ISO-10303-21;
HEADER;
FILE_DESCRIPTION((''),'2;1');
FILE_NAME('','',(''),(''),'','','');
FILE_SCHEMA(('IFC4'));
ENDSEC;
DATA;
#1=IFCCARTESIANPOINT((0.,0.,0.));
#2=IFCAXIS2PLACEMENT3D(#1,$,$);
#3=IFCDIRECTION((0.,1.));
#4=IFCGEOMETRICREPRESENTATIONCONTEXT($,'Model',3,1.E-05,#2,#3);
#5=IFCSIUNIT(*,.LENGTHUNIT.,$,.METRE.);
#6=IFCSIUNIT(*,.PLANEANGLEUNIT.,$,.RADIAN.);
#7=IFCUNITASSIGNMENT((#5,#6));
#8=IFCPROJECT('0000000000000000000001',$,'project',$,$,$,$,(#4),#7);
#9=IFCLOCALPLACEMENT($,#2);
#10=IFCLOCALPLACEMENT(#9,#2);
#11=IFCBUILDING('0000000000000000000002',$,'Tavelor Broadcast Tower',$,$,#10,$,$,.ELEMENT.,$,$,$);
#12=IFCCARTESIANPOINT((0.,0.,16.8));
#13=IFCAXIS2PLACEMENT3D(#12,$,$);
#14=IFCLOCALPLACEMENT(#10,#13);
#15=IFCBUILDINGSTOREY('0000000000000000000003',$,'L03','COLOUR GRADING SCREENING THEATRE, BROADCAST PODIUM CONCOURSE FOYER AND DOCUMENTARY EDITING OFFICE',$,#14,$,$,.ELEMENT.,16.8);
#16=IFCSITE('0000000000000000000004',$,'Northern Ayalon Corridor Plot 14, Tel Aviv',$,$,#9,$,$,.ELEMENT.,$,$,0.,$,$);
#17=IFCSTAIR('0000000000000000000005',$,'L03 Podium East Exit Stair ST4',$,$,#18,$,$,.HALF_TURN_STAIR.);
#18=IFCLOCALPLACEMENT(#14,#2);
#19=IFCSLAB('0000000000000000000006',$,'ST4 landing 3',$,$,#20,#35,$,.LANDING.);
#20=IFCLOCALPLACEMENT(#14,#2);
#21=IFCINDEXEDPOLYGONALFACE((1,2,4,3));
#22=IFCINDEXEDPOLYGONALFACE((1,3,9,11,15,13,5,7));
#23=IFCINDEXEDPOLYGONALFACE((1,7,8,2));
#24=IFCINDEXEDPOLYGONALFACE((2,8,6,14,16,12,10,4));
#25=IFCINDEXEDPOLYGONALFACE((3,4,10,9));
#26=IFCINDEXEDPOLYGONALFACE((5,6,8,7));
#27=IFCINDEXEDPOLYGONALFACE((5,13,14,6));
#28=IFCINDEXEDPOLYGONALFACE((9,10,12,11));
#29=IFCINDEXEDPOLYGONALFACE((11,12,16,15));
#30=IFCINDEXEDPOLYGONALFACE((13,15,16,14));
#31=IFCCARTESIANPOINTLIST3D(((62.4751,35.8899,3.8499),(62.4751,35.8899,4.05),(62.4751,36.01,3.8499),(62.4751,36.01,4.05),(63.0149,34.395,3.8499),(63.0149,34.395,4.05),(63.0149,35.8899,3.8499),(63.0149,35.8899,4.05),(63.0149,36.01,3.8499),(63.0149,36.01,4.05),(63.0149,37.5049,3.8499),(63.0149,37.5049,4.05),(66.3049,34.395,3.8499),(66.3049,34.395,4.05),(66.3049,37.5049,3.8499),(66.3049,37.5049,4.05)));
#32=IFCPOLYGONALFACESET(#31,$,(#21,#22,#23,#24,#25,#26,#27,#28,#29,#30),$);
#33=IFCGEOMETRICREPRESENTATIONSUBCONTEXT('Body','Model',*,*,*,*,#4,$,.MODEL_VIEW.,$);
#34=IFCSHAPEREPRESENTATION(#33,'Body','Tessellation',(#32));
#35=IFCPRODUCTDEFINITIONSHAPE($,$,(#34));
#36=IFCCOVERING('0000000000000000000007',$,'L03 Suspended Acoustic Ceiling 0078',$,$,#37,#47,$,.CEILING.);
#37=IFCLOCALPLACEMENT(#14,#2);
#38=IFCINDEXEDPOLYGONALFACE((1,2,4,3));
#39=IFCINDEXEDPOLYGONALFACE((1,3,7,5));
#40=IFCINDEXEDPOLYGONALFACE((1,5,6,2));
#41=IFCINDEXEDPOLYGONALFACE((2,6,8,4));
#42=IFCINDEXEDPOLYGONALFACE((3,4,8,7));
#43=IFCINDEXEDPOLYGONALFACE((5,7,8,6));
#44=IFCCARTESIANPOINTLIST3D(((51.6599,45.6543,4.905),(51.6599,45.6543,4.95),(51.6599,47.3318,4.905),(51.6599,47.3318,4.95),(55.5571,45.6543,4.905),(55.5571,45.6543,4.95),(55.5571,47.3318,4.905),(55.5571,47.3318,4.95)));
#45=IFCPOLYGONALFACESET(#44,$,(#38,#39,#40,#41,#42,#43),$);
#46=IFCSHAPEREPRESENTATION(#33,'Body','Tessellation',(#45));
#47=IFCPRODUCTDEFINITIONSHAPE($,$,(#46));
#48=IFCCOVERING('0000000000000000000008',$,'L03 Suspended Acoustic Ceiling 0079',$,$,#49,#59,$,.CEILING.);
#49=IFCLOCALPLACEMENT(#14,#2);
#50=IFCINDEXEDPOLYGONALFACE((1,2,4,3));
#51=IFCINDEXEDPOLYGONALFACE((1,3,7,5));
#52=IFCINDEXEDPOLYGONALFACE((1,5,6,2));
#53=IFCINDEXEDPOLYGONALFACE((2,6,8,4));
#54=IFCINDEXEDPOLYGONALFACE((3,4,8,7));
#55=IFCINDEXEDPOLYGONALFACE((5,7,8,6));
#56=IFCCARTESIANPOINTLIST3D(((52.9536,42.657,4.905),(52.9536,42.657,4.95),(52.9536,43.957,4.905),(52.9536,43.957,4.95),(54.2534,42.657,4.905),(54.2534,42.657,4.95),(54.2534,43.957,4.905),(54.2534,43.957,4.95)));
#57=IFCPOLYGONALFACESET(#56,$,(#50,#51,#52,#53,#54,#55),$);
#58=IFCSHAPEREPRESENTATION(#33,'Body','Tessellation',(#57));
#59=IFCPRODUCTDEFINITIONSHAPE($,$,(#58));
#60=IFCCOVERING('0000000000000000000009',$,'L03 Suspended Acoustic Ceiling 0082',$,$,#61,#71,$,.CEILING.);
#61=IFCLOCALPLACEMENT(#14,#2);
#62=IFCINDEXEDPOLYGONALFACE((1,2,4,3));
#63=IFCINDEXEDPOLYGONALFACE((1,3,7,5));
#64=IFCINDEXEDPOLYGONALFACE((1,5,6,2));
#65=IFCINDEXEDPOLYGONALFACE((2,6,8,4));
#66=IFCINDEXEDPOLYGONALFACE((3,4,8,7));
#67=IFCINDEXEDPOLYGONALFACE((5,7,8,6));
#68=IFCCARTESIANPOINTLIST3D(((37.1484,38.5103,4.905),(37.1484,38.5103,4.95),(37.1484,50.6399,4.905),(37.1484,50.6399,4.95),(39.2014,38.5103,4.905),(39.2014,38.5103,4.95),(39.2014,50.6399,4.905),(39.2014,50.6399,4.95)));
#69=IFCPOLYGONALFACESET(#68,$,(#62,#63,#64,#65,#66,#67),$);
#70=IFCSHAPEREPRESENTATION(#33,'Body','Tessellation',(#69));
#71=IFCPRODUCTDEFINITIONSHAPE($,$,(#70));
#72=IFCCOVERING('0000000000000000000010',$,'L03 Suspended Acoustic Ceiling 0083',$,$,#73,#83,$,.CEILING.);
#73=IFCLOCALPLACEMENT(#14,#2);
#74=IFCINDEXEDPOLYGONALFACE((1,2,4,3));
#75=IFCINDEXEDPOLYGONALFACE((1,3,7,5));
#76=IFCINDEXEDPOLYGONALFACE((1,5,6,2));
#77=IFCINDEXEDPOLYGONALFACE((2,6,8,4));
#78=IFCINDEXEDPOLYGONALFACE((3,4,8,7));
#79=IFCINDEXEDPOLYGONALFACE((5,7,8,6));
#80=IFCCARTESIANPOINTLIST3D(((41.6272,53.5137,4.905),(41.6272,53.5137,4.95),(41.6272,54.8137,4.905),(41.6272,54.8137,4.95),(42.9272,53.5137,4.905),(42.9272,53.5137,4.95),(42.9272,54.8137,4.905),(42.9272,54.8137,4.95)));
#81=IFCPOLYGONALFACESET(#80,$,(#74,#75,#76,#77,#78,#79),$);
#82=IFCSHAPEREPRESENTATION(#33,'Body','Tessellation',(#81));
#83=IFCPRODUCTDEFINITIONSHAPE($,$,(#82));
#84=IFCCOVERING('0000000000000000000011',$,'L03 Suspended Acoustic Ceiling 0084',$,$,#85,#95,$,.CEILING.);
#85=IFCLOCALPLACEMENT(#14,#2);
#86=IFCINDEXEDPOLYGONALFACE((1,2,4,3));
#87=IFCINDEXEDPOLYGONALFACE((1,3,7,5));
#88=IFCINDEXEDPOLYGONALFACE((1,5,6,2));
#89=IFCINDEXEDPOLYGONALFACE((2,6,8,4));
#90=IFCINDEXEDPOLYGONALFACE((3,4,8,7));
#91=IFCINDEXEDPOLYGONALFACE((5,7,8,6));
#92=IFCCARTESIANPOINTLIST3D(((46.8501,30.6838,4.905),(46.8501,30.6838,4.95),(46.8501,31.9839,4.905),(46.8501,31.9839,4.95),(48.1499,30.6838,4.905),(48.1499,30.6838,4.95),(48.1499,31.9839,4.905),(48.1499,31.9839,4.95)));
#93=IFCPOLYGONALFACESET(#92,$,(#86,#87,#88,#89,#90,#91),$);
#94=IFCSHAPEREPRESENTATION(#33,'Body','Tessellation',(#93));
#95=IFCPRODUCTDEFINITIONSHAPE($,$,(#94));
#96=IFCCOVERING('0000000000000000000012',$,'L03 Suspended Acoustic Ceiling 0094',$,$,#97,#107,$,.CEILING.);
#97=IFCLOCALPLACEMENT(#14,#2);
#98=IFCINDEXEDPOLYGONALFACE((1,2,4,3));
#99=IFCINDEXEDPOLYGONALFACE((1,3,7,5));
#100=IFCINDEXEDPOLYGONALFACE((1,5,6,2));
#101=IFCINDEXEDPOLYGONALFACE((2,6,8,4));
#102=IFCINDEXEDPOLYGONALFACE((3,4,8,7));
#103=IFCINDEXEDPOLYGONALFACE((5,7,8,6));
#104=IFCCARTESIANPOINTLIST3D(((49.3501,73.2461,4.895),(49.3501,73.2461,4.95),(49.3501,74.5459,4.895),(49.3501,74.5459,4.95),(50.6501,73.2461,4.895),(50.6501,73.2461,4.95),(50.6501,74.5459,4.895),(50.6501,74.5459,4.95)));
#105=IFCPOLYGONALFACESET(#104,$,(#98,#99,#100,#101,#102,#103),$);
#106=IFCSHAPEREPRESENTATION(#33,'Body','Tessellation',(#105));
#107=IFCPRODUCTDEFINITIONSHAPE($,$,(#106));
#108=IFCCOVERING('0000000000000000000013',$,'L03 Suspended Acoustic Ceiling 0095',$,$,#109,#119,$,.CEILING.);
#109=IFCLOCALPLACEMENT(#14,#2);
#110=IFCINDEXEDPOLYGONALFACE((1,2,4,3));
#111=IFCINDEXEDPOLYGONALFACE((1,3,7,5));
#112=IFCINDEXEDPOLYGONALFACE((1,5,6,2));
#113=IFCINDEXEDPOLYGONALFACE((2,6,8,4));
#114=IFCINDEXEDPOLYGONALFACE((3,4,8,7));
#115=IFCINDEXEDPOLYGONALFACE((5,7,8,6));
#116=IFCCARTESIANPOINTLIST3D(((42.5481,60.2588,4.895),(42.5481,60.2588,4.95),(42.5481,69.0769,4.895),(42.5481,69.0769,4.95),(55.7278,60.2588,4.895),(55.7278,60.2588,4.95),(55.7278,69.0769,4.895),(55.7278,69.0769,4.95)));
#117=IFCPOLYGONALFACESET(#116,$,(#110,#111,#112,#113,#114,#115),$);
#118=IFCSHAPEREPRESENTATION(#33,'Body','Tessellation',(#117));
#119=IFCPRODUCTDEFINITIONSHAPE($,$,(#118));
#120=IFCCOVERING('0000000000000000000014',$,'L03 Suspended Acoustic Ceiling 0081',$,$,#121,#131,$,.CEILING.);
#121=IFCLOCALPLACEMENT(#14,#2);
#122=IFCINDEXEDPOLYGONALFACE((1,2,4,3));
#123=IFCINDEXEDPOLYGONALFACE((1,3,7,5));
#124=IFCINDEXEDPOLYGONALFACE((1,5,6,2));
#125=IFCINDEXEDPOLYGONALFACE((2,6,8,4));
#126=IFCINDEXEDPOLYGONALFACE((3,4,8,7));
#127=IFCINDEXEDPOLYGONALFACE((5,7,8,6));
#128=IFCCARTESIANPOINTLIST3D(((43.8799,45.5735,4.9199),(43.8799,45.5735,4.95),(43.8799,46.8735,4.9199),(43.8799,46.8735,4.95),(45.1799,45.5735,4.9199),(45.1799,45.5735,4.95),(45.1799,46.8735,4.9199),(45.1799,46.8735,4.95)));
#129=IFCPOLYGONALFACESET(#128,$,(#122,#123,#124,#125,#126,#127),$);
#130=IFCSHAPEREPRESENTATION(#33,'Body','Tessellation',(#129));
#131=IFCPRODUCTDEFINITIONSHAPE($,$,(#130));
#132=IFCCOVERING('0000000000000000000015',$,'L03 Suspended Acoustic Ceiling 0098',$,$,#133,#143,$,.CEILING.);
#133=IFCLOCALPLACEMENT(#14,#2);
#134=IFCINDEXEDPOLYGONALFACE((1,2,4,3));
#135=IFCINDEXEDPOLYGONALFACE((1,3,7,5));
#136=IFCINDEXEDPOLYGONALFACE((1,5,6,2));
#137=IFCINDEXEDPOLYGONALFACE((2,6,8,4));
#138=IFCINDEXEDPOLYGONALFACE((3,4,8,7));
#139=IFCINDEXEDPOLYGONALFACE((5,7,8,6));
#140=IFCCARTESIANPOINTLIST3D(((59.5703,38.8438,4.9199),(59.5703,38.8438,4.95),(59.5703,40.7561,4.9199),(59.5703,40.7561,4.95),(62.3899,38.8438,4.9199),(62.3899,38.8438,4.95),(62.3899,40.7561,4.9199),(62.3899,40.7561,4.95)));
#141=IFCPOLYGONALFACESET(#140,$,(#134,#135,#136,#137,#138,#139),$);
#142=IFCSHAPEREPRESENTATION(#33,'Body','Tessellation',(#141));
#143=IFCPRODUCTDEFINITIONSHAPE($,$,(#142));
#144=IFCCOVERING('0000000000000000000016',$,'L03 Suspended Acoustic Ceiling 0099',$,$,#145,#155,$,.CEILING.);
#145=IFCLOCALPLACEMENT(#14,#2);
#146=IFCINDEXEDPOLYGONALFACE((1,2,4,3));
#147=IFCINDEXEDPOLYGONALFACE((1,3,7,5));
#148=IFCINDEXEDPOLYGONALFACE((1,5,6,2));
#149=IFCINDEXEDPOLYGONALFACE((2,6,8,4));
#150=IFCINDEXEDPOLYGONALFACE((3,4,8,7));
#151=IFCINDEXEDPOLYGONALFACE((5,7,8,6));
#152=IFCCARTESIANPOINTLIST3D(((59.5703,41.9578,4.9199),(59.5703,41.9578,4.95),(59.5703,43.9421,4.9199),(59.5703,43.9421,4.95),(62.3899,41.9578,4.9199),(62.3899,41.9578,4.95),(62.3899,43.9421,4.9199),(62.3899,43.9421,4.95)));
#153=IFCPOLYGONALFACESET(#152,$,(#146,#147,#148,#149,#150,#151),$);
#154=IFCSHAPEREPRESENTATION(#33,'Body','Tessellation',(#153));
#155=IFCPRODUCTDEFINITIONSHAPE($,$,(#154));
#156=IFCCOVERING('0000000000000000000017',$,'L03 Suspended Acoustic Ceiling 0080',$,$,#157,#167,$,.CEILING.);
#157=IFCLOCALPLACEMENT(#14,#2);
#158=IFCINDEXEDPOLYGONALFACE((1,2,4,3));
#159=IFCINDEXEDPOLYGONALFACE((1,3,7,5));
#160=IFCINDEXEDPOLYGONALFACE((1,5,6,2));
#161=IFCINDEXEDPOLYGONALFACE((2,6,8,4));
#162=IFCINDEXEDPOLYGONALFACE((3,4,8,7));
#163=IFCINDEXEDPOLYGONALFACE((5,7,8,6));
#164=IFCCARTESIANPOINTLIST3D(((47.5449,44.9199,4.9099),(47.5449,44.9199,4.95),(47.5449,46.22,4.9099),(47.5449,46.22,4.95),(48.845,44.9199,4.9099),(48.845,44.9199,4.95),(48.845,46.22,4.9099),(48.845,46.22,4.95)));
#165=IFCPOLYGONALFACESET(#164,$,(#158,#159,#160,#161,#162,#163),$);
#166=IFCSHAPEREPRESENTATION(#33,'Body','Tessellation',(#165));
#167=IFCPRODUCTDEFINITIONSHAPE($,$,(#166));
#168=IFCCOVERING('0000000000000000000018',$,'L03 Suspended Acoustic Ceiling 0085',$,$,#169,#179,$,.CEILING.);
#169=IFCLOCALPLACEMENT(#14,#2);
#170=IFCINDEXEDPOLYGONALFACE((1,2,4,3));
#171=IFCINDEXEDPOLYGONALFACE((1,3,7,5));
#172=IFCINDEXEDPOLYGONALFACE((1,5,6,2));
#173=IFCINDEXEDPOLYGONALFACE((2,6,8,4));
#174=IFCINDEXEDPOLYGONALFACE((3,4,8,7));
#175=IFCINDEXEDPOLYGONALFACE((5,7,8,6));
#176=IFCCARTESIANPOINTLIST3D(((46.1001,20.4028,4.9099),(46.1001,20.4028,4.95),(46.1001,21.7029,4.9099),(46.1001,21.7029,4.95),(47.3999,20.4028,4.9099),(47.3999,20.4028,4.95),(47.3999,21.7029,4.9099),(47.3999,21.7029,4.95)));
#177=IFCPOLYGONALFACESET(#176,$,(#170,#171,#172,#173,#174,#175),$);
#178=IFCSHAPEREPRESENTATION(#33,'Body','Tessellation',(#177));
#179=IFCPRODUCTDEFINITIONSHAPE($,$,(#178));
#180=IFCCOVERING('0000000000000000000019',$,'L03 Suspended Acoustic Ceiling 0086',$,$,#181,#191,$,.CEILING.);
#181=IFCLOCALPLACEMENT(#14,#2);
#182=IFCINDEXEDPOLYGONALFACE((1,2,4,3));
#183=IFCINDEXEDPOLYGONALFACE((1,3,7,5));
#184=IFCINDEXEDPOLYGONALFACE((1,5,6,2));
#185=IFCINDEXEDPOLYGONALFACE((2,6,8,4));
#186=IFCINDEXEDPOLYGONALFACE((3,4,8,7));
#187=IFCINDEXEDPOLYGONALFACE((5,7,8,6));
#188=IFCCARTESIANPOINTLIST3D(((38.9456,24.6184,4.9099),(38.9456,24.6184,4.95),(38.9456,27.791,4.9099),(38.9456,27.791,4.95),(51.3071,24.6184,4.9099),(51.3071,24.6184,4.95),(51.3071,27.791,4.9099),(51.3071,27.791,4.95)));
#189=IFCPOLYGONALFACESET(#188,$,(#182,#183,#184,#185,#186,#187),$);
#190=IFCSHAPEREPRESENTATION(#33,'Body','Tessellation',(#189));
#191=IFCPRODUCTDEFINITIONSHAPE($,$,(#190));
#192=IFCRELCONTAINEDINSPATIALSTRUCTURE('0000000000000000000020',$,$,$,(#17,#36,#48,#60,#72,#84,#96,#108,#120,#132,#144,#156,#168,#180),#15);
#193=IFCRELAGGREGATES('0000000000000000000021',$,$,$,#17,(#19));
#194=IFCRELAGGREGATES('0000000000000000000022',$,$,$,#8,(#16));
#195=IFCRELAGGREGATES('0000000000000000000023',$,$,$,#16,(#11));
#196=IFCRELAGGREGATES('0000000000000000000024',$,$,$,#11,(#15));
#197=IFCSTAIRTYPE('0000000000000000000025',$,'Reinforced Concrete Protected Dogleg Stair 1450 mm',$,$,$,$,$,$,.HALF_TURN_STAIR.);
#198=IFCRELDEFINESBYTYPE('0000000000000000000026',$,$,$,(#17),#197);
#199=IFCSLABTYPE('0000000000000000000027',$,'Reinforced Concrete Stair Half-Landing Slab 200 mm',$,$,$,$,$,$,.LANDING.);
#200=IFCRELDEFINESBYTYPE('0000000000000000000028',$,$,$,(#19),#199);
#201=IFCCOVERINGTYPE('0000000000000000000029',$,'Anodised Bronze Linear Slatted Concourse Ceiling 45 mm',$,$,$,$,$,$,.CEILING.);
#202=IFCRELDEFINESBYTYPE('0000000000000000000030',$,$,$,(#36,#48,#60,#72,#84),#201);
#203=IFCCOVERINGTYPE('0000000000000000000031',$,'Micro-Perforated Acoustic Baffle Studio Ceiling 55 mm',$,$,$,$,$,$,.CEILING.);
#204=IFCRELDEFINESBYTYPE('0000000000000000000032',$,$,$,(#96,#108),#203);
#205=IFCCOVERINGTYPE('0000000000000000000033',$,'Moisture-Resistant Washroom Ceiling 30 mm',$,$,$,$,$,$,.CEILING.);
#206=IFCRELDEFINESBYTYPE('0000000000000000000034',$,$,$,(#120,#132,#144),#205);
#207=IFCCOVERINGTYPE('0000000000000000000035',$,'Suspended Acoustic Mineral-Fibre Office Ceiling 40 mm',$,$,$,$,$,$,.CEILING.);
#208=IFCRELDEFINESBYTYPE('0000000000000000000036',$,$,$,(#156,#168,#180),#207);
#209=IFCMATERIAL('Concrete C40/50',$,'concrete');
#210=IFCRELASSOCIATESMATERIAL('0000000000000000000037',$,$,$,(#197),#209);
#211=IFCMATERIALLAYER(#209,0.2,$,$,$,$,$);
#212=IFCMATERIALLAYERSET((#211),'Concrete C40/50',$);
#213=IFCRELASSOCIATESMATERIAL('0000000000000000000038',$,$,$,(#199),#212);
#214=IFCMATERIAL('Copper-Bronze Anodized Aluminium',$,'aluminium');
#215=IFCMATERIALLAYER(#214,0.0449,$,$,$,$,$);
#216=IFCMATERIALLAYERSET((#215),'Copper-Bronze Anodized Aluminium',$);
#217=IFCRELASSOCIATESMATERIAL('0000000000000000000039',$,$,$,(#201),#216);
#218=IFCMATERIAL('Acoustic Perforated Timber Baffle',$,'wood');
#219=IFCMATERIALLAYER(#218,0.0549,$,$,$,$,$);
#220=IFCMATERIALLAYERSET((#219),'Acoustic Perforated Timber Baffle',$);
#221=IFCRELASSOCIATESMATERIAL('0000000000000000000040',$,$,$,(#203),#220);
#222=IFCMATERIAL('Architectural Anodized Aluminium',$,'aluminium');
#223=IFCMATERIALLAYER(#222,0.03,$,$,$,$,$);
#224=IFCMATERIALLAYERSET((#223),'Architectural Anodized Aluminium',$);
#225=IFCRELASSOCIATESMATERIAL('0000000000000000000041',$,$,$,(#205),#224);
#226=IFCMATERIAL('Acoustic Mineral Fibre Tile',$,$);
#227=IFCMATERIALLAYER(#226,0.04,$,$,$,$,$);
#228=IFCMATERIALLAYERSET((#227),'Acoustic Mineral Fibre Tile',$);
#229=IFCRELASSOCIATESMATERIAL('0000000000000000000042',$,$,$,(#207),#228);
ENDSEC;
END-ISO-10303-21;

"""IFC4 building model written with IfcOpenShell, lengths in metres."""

from ifc_helpers import new_model, si_unit, direction, frame, origin, place, context, subcontext, project, spatial, polyline, outline, extrude, material, layer, layer_set, type_object, element, aggregate, save


model = new_model("IFC4")

# Units and contexts
model_context = context("Model", 3, precision=1e-05, world=origin(), true_north=direction((0.0, 1.0)))
body_context = subcontext(model_context, "Body", "Model", "MODEL_VIEW")
ifc_project = project(units=[si_unit("LENGTHUNIT", "METRE"), si_unit("PLANEANGLEUNIT", "RADIAN")], contexts=[model_context])

# Site, building, storey
site_placement = place(None, origin())
site = spatial("IfcSite", under=ifc_project, at=site_placement, Name="Northern Ayalon Corridor Plot 14, Tel Aviv", CompositionType="ELEMENT", RefElevation=0.0)
building_placement = place(site_placement, origin())
building = spatial("IfcBuilding", under=site, at=building_placement, Name="Tavelor Broadcast Tower", CompositionType="ELEMENT")
storey_placement = place(building_placement, frame((0.0, 0.0, 16.8)))
storey = spatial("IfcBuildingStorey", under=building, at=storey_placement, Name="L03", Description="COLOUR GRADING SCREENING THEATRE, BROADCAST PODIUM CONCOURSE FOYER AND DOCUMENTARY EDITING OFFICE", CompositionType="ELEMENT", Elevation=16.8)

# Stair, slab
ifc_material_1 = material(Name="Concrete C40/50", Category="concrete")
stair_type = type_object("IfcStairType", Name="Reinforced Concrete Protected Dogleg Stair 1450 mm", PredefinedType="HALF_TURN_STAIR", material=ifc_material_1)
stair_placement = place(storey_placement, origin())
stair = element("IfcStair", 1, at=stair_placement, inside=storey, type_object=stair_type, Name="L03 Podium East Exit Stair ST4", PredefinedType="HALF_TURN_STAIR")
ifc_layer_1 = layer(ifc_material_1, 0.2)
ifc_layer_set_1 = layer_set([ifc_layer_1], Name="Concrete C40/50")
slab_type = type_object("IfcSlabType", Name="Reinforced Concrete Stair Half-Landing Slab 200 mm", PredefinedType="LANDING", material=ifc_layer_set_1)
slab_placement = place(storey_placement, frame((0.0, 0.0, 3.8499)))
slab = element("IfcSlab", 2, at=slab_placement, type_object=slab_type, Name="ST4 landing 3", PredefinedType="LANDING", context=body_context, shape_type="SweptSolid", body=[
    extrude(outline(polyline([(63.0149, 35.8899), (63.0149, 34.395), (66.3049, 34.395), (66.3049, 37.5049), (63.0149, 37.5049), (63.0149, 36.01), (62.4751, 36.01), (62.4751, 35.8899), (63.0149, 35.8899)])), origin(), (0.0, 0.0, 1.0), 0.2002),
])
aggregate(stair, [slab])

# Coverings
ifc_material_2 = material(Name="Copper-Bronze Anodized Aluminium", Category="aluminium")
ifc_layer_2 = layer(ifc_material_2, 0.0449)
ifc_layer_set_2 = layer_set([ifc_layer_2], Name="Copper-Bronze Anodized Aluminium")
covering_type_1 = type_object("IfcCoveringType", Name="Anodised Bronze Linear Slatted Concourse Ceiling 45 mm", PredefinedType="CEILING", material=ifc_layer_set_2)
covering_1_placement = place(storey_placement, frame((0.0, 0.0, 4.905)))
element("IfcCovering", 3, at=covering_1_placement, inside=storey, type_object=covering_type_1, Name="L03 Suspended Acoustic Ceiling 0078", PredefinedType="CEILING", context=body_context, shape_type="SweptSolid", body=[
    extrude(outline(polyline([(51.6599, 45.6543), (55.5571, 45.6543), (55.5571, 47.3318), (51.6599, 47.3318), (51.6599, 45.6543)])), origin(), (0.0, 0.0, 1.0), 0.0449),
])
covering_2_placement = place(storey_placement, frame((0.0, 0.0, 4.905)))
element("IfcCovering", 4, at=covering_2_placement, inside=storey, type_object=covering_type_1, Name="L03 Suspended Acoustic Ceiling 0079", PredefinedType="CEILING", context=body_context, shape_type="SweptSolid", body=[
    extrude(outline(polyline([(52.9536, 42.657), (54.2534, 42.657), (54.2534, 43.957), (52.9536, 43.957), (52.9536, 42.657)])), origin(), (0.0, 0.0, 1.0), 0.0449),
])
covering_3_placement = place(storey_placement, frame((0.0, 0.0, 4.905)))
element("IfcCovering", 5, at=covering_3_placement, inside=storey, type_object=covering_type_1, Name="L03 Suspended Acoustic Ceiling 0082", PredefinedType="CEILING", context=body_context, shape_type="SweptSolid", body=[
    extrude(outline(polyline([(37.1484, 38.5103), (39.2014, 38.5103), (39.2014, 50.6399), (37.1484, 50.6399), (37.1484, 38.5103)])), origin(), (0.0, 0.0, 1.0), 0.0449),
])
covering_4_placement = place(storey_placement, frame((0.0, 0.0, 4.905)))
element("IfcCovering", 6, at=covering_4_placement, inside=storey, type_object=covering_type_1, Name="L03 Suspended Acoustic Ceiling 0083", PredefinedType="CEILING", context=body_context, shape_type="SweptSolid", body=[
    extrude(outline(polyline([(41.6272, 53.5137), (42.9272, 53.5137), (42.9272, 54.8137), (41.6272, 54.8137), (41.6272, 53.5137)])), origin(), (0.0, 0.0, 1.0), 0.0449),
])
covering_5_placement = place(storey_placement, frame((0.0, 0.0, 4.905)))
element("IfcCovering", 7, at=covering_5_placement, inside=storey, type_object=covering_type_1, Name="L03 Suspended Acoustic Ceiling 0084", PredefinedType="CEILING", context=body_context, shape_type="SweptSolid", body=[
    extrude(outline(polyline([(46.8501, 30.6838), (48.1499, 30.6838), (48.1499, 31.9839), (46.8501, 31.9839), (46.8501, 30.6838)])), origin(), (0.0, 0.0, 1.0), 0.0449),
])
ifc_material_3 = material(Name="Acoustic Perforated Timber Baffle", Category="wood")
ifc_layer_3 = layer(ifc_material_3, 0.0549)
ifc_layer_set_3 = layer_set([ifc_layer_3], Name="Acoustic Perforated Timber Baffle")
covering_type_2 = type_object("IfcCoveringType", Name="Micro-Perforated Acoustic Baffle Studio Ceiling 55 mm", PredefinedType="CEILING", material=ifc_layer_set_3)
covering_6_placement = place(storey_placement, frame((0.0, 0.0, 4.895)))
element("IfcCovering", 8, at=covering_6_placement, inside=storey, type_object=covering_type_2, Name="L03 Suspended Acoustic Ceiling 0094", PredefinedType="CEILING", context=body_context, shape_type="SweptSolid", body=[
    extrude(outline(polyline([(49.3501, 73.2461), (50.6501, 73.2461), (50.6501, 74.5459), (49.3501, 74.5459), (49.3501, 73.2461)])), origin(), (0.0, 0.0, 1.0), 0.0549),
])
covering_7_placement = place(storey_placement, frame((0.0, 0.0, 4.895)))
element("IfcCovering", 9, at=covering_7_placement, inside=storey, type_object=covering_type_2, Name="L03 Suspended Acoustic Ceiling 0095", PredefinedType="CEILING", context=body_context, shape_type="SweptSolid", body=[
    extrude(outline(polyline([(42.5481, 60.2588), (55.7278, 60.2588), (55.7278, 69.0769), (42.5481, 69.0769), (42.5481, 60.2588)])), origin(), (0.0, 0.0, 1.0), 0.0549),
])
ifc_material_4 = material(Name="Architectural Anodized Aluminium", Category="aluminium")
ifc_layer_4 = layer(ifc_material_4, 0.03)
ifc_layer_set_4 = layer_set([ifc_layer_4], Name="Architectural Anodized Aluminium")
covering_type_3 = type_object("IfcCoveringType", Name="Moisture-Resistant Washroom Ceiling 30 mm", PredefinedType="CEILING", material=ifc_layer_set_4)
covering_8_placement = place(storey_placement, frame((0.0, 0.0, 4.9199)))
element("IfcCovering", 10, at=covering_8_placement, inside=storey, type_object=covering_type_3, Name="L03 Suspended Acoustic Ceiling 0081", PredefinedType="CEILING", context=body_context, shape_type="SweptSolid", body=[
    extrude(outline(polyline([(43.8799, 45.5735), (45.1799, 45.5735), (45.1799, 46.8735), (43.8799, 46.8735), (43.8799, 45.5735)])), origin(), (0.0, 0.0, 1.0), 0.03),
])
covering_9_placement = place(storey_placement, frame((0.0, 0.0, 4.9199)))
element("IfcCovering", 11, at=covering_9_placement, inside=storey, type_object=covering_type_3, Name="L03 Suspended Acoustic Ceiling 0098", PredefinedType="CEILING", context=body_context, shape_type="SweptSolid", body=[
    extrude(outline(polyline([(59.5703, 38.8438), (62.3899, 38.8438), (62.3899, 40.7561), (59.5703, 40.7561), (59.5703, 38.8438)])), origin(), (0.0, 0.0, 1.0), 0.03),
])
covering_10_placement = place(storey_placement, frame((0.0, 0.0, 4.9199)))
element("IfcCovering", 12, at=covering_10_placement, inside=storey, type_object=covering_type_3, Name="L03 Suspended Acoustic Ceiling 0099", PredefinedType="CEILING", context=body_context, shape_type="SweptSolid", body=[
    extrude(outline(polyline([(59.5703, 41.9578), (62.3899, 41.9578), (62.3899, 43.9421), (59.5703, 43.9421), (59.5703, 41.9578)])), origin(), (0.0, 0.0, 1.0), 0.03),
])
ifc_material_5 = material(Name="Acoustic Mineral Fibre Tile")
ifc_layer_5 = layer(ifc_material_5, 0.04)
ifc_layer_set_5 = layer_set([ifc_layer_5], Name="Acoustic Mineral Fibre Tile")
covering_type_4 = type_object("IfcCoveringType", Name="Suspended Acoustic Mineral-Fibre Office Ceiling 40 mm", PredefinedType="CEILING", material=ifc_layer_set_5)
covering_11_placement = place(storey_placement, frame((0.0, 0.0, 4.9099)))
element("IfcCovering", 13, at=covering_11_placement, inside=storey, type_object=covering_type_4, Name="L03 Suspended Acoustic Ceiling 0080", PredefinedType="CEILING", context=body_context, shape_type="SweptSolid", body=[
    extrude(outline(polyline([(47.5449, 44.9199), (48.845, 44.9199), (48.845, 46.22), (47.5449, 46.22), (47.5449, 44.9199)])), origin(), (0.0, 0.0, 1.0), 0.04),
])
covering_12_placement = place(storey_placement, frame((0.0, 0.0, 4.9099)))
element("IfcCovering", 14, at=covering_12_placement, inside=storey, type_object=covering_type_4, Name="L03 Suspended Acoustic Ceiling 0085", PredefinedType="CEILING", context=body_context, shape_type="SweptSolid", body=[
    extrude(outline(polyline([(46.1001, 20.4028), (47.3999, 20.4028), (47.3999, 21.7029), (46.1001, 21.7029), (46.1001, 20.4028)])), origin(), (0.0, 0.0, 1.0), 0.04),
])
covering_13_placement = place(storey_placement, frame((0.0, 0.0, 4.9099)))
element("IfcCovering", 15, at=covering_13_placement, inside=storey, type_object=covering_type_4, Name="L03 Suspended Acoustic Ceiling 0086", PredefinedType="CEILING", context=body_context, shape_type="SweptSolid", body=[
    extrude(outline(polyline([(38.9456, 24.6184), (51.3071, 24.6184), (51.3071, 27.791), (38.9456, 27.791), (38.9456, 24.6184)])), origin(), (0.0, 0.0, 1.0), 0.04),
])

save(model, "model.ifc")
